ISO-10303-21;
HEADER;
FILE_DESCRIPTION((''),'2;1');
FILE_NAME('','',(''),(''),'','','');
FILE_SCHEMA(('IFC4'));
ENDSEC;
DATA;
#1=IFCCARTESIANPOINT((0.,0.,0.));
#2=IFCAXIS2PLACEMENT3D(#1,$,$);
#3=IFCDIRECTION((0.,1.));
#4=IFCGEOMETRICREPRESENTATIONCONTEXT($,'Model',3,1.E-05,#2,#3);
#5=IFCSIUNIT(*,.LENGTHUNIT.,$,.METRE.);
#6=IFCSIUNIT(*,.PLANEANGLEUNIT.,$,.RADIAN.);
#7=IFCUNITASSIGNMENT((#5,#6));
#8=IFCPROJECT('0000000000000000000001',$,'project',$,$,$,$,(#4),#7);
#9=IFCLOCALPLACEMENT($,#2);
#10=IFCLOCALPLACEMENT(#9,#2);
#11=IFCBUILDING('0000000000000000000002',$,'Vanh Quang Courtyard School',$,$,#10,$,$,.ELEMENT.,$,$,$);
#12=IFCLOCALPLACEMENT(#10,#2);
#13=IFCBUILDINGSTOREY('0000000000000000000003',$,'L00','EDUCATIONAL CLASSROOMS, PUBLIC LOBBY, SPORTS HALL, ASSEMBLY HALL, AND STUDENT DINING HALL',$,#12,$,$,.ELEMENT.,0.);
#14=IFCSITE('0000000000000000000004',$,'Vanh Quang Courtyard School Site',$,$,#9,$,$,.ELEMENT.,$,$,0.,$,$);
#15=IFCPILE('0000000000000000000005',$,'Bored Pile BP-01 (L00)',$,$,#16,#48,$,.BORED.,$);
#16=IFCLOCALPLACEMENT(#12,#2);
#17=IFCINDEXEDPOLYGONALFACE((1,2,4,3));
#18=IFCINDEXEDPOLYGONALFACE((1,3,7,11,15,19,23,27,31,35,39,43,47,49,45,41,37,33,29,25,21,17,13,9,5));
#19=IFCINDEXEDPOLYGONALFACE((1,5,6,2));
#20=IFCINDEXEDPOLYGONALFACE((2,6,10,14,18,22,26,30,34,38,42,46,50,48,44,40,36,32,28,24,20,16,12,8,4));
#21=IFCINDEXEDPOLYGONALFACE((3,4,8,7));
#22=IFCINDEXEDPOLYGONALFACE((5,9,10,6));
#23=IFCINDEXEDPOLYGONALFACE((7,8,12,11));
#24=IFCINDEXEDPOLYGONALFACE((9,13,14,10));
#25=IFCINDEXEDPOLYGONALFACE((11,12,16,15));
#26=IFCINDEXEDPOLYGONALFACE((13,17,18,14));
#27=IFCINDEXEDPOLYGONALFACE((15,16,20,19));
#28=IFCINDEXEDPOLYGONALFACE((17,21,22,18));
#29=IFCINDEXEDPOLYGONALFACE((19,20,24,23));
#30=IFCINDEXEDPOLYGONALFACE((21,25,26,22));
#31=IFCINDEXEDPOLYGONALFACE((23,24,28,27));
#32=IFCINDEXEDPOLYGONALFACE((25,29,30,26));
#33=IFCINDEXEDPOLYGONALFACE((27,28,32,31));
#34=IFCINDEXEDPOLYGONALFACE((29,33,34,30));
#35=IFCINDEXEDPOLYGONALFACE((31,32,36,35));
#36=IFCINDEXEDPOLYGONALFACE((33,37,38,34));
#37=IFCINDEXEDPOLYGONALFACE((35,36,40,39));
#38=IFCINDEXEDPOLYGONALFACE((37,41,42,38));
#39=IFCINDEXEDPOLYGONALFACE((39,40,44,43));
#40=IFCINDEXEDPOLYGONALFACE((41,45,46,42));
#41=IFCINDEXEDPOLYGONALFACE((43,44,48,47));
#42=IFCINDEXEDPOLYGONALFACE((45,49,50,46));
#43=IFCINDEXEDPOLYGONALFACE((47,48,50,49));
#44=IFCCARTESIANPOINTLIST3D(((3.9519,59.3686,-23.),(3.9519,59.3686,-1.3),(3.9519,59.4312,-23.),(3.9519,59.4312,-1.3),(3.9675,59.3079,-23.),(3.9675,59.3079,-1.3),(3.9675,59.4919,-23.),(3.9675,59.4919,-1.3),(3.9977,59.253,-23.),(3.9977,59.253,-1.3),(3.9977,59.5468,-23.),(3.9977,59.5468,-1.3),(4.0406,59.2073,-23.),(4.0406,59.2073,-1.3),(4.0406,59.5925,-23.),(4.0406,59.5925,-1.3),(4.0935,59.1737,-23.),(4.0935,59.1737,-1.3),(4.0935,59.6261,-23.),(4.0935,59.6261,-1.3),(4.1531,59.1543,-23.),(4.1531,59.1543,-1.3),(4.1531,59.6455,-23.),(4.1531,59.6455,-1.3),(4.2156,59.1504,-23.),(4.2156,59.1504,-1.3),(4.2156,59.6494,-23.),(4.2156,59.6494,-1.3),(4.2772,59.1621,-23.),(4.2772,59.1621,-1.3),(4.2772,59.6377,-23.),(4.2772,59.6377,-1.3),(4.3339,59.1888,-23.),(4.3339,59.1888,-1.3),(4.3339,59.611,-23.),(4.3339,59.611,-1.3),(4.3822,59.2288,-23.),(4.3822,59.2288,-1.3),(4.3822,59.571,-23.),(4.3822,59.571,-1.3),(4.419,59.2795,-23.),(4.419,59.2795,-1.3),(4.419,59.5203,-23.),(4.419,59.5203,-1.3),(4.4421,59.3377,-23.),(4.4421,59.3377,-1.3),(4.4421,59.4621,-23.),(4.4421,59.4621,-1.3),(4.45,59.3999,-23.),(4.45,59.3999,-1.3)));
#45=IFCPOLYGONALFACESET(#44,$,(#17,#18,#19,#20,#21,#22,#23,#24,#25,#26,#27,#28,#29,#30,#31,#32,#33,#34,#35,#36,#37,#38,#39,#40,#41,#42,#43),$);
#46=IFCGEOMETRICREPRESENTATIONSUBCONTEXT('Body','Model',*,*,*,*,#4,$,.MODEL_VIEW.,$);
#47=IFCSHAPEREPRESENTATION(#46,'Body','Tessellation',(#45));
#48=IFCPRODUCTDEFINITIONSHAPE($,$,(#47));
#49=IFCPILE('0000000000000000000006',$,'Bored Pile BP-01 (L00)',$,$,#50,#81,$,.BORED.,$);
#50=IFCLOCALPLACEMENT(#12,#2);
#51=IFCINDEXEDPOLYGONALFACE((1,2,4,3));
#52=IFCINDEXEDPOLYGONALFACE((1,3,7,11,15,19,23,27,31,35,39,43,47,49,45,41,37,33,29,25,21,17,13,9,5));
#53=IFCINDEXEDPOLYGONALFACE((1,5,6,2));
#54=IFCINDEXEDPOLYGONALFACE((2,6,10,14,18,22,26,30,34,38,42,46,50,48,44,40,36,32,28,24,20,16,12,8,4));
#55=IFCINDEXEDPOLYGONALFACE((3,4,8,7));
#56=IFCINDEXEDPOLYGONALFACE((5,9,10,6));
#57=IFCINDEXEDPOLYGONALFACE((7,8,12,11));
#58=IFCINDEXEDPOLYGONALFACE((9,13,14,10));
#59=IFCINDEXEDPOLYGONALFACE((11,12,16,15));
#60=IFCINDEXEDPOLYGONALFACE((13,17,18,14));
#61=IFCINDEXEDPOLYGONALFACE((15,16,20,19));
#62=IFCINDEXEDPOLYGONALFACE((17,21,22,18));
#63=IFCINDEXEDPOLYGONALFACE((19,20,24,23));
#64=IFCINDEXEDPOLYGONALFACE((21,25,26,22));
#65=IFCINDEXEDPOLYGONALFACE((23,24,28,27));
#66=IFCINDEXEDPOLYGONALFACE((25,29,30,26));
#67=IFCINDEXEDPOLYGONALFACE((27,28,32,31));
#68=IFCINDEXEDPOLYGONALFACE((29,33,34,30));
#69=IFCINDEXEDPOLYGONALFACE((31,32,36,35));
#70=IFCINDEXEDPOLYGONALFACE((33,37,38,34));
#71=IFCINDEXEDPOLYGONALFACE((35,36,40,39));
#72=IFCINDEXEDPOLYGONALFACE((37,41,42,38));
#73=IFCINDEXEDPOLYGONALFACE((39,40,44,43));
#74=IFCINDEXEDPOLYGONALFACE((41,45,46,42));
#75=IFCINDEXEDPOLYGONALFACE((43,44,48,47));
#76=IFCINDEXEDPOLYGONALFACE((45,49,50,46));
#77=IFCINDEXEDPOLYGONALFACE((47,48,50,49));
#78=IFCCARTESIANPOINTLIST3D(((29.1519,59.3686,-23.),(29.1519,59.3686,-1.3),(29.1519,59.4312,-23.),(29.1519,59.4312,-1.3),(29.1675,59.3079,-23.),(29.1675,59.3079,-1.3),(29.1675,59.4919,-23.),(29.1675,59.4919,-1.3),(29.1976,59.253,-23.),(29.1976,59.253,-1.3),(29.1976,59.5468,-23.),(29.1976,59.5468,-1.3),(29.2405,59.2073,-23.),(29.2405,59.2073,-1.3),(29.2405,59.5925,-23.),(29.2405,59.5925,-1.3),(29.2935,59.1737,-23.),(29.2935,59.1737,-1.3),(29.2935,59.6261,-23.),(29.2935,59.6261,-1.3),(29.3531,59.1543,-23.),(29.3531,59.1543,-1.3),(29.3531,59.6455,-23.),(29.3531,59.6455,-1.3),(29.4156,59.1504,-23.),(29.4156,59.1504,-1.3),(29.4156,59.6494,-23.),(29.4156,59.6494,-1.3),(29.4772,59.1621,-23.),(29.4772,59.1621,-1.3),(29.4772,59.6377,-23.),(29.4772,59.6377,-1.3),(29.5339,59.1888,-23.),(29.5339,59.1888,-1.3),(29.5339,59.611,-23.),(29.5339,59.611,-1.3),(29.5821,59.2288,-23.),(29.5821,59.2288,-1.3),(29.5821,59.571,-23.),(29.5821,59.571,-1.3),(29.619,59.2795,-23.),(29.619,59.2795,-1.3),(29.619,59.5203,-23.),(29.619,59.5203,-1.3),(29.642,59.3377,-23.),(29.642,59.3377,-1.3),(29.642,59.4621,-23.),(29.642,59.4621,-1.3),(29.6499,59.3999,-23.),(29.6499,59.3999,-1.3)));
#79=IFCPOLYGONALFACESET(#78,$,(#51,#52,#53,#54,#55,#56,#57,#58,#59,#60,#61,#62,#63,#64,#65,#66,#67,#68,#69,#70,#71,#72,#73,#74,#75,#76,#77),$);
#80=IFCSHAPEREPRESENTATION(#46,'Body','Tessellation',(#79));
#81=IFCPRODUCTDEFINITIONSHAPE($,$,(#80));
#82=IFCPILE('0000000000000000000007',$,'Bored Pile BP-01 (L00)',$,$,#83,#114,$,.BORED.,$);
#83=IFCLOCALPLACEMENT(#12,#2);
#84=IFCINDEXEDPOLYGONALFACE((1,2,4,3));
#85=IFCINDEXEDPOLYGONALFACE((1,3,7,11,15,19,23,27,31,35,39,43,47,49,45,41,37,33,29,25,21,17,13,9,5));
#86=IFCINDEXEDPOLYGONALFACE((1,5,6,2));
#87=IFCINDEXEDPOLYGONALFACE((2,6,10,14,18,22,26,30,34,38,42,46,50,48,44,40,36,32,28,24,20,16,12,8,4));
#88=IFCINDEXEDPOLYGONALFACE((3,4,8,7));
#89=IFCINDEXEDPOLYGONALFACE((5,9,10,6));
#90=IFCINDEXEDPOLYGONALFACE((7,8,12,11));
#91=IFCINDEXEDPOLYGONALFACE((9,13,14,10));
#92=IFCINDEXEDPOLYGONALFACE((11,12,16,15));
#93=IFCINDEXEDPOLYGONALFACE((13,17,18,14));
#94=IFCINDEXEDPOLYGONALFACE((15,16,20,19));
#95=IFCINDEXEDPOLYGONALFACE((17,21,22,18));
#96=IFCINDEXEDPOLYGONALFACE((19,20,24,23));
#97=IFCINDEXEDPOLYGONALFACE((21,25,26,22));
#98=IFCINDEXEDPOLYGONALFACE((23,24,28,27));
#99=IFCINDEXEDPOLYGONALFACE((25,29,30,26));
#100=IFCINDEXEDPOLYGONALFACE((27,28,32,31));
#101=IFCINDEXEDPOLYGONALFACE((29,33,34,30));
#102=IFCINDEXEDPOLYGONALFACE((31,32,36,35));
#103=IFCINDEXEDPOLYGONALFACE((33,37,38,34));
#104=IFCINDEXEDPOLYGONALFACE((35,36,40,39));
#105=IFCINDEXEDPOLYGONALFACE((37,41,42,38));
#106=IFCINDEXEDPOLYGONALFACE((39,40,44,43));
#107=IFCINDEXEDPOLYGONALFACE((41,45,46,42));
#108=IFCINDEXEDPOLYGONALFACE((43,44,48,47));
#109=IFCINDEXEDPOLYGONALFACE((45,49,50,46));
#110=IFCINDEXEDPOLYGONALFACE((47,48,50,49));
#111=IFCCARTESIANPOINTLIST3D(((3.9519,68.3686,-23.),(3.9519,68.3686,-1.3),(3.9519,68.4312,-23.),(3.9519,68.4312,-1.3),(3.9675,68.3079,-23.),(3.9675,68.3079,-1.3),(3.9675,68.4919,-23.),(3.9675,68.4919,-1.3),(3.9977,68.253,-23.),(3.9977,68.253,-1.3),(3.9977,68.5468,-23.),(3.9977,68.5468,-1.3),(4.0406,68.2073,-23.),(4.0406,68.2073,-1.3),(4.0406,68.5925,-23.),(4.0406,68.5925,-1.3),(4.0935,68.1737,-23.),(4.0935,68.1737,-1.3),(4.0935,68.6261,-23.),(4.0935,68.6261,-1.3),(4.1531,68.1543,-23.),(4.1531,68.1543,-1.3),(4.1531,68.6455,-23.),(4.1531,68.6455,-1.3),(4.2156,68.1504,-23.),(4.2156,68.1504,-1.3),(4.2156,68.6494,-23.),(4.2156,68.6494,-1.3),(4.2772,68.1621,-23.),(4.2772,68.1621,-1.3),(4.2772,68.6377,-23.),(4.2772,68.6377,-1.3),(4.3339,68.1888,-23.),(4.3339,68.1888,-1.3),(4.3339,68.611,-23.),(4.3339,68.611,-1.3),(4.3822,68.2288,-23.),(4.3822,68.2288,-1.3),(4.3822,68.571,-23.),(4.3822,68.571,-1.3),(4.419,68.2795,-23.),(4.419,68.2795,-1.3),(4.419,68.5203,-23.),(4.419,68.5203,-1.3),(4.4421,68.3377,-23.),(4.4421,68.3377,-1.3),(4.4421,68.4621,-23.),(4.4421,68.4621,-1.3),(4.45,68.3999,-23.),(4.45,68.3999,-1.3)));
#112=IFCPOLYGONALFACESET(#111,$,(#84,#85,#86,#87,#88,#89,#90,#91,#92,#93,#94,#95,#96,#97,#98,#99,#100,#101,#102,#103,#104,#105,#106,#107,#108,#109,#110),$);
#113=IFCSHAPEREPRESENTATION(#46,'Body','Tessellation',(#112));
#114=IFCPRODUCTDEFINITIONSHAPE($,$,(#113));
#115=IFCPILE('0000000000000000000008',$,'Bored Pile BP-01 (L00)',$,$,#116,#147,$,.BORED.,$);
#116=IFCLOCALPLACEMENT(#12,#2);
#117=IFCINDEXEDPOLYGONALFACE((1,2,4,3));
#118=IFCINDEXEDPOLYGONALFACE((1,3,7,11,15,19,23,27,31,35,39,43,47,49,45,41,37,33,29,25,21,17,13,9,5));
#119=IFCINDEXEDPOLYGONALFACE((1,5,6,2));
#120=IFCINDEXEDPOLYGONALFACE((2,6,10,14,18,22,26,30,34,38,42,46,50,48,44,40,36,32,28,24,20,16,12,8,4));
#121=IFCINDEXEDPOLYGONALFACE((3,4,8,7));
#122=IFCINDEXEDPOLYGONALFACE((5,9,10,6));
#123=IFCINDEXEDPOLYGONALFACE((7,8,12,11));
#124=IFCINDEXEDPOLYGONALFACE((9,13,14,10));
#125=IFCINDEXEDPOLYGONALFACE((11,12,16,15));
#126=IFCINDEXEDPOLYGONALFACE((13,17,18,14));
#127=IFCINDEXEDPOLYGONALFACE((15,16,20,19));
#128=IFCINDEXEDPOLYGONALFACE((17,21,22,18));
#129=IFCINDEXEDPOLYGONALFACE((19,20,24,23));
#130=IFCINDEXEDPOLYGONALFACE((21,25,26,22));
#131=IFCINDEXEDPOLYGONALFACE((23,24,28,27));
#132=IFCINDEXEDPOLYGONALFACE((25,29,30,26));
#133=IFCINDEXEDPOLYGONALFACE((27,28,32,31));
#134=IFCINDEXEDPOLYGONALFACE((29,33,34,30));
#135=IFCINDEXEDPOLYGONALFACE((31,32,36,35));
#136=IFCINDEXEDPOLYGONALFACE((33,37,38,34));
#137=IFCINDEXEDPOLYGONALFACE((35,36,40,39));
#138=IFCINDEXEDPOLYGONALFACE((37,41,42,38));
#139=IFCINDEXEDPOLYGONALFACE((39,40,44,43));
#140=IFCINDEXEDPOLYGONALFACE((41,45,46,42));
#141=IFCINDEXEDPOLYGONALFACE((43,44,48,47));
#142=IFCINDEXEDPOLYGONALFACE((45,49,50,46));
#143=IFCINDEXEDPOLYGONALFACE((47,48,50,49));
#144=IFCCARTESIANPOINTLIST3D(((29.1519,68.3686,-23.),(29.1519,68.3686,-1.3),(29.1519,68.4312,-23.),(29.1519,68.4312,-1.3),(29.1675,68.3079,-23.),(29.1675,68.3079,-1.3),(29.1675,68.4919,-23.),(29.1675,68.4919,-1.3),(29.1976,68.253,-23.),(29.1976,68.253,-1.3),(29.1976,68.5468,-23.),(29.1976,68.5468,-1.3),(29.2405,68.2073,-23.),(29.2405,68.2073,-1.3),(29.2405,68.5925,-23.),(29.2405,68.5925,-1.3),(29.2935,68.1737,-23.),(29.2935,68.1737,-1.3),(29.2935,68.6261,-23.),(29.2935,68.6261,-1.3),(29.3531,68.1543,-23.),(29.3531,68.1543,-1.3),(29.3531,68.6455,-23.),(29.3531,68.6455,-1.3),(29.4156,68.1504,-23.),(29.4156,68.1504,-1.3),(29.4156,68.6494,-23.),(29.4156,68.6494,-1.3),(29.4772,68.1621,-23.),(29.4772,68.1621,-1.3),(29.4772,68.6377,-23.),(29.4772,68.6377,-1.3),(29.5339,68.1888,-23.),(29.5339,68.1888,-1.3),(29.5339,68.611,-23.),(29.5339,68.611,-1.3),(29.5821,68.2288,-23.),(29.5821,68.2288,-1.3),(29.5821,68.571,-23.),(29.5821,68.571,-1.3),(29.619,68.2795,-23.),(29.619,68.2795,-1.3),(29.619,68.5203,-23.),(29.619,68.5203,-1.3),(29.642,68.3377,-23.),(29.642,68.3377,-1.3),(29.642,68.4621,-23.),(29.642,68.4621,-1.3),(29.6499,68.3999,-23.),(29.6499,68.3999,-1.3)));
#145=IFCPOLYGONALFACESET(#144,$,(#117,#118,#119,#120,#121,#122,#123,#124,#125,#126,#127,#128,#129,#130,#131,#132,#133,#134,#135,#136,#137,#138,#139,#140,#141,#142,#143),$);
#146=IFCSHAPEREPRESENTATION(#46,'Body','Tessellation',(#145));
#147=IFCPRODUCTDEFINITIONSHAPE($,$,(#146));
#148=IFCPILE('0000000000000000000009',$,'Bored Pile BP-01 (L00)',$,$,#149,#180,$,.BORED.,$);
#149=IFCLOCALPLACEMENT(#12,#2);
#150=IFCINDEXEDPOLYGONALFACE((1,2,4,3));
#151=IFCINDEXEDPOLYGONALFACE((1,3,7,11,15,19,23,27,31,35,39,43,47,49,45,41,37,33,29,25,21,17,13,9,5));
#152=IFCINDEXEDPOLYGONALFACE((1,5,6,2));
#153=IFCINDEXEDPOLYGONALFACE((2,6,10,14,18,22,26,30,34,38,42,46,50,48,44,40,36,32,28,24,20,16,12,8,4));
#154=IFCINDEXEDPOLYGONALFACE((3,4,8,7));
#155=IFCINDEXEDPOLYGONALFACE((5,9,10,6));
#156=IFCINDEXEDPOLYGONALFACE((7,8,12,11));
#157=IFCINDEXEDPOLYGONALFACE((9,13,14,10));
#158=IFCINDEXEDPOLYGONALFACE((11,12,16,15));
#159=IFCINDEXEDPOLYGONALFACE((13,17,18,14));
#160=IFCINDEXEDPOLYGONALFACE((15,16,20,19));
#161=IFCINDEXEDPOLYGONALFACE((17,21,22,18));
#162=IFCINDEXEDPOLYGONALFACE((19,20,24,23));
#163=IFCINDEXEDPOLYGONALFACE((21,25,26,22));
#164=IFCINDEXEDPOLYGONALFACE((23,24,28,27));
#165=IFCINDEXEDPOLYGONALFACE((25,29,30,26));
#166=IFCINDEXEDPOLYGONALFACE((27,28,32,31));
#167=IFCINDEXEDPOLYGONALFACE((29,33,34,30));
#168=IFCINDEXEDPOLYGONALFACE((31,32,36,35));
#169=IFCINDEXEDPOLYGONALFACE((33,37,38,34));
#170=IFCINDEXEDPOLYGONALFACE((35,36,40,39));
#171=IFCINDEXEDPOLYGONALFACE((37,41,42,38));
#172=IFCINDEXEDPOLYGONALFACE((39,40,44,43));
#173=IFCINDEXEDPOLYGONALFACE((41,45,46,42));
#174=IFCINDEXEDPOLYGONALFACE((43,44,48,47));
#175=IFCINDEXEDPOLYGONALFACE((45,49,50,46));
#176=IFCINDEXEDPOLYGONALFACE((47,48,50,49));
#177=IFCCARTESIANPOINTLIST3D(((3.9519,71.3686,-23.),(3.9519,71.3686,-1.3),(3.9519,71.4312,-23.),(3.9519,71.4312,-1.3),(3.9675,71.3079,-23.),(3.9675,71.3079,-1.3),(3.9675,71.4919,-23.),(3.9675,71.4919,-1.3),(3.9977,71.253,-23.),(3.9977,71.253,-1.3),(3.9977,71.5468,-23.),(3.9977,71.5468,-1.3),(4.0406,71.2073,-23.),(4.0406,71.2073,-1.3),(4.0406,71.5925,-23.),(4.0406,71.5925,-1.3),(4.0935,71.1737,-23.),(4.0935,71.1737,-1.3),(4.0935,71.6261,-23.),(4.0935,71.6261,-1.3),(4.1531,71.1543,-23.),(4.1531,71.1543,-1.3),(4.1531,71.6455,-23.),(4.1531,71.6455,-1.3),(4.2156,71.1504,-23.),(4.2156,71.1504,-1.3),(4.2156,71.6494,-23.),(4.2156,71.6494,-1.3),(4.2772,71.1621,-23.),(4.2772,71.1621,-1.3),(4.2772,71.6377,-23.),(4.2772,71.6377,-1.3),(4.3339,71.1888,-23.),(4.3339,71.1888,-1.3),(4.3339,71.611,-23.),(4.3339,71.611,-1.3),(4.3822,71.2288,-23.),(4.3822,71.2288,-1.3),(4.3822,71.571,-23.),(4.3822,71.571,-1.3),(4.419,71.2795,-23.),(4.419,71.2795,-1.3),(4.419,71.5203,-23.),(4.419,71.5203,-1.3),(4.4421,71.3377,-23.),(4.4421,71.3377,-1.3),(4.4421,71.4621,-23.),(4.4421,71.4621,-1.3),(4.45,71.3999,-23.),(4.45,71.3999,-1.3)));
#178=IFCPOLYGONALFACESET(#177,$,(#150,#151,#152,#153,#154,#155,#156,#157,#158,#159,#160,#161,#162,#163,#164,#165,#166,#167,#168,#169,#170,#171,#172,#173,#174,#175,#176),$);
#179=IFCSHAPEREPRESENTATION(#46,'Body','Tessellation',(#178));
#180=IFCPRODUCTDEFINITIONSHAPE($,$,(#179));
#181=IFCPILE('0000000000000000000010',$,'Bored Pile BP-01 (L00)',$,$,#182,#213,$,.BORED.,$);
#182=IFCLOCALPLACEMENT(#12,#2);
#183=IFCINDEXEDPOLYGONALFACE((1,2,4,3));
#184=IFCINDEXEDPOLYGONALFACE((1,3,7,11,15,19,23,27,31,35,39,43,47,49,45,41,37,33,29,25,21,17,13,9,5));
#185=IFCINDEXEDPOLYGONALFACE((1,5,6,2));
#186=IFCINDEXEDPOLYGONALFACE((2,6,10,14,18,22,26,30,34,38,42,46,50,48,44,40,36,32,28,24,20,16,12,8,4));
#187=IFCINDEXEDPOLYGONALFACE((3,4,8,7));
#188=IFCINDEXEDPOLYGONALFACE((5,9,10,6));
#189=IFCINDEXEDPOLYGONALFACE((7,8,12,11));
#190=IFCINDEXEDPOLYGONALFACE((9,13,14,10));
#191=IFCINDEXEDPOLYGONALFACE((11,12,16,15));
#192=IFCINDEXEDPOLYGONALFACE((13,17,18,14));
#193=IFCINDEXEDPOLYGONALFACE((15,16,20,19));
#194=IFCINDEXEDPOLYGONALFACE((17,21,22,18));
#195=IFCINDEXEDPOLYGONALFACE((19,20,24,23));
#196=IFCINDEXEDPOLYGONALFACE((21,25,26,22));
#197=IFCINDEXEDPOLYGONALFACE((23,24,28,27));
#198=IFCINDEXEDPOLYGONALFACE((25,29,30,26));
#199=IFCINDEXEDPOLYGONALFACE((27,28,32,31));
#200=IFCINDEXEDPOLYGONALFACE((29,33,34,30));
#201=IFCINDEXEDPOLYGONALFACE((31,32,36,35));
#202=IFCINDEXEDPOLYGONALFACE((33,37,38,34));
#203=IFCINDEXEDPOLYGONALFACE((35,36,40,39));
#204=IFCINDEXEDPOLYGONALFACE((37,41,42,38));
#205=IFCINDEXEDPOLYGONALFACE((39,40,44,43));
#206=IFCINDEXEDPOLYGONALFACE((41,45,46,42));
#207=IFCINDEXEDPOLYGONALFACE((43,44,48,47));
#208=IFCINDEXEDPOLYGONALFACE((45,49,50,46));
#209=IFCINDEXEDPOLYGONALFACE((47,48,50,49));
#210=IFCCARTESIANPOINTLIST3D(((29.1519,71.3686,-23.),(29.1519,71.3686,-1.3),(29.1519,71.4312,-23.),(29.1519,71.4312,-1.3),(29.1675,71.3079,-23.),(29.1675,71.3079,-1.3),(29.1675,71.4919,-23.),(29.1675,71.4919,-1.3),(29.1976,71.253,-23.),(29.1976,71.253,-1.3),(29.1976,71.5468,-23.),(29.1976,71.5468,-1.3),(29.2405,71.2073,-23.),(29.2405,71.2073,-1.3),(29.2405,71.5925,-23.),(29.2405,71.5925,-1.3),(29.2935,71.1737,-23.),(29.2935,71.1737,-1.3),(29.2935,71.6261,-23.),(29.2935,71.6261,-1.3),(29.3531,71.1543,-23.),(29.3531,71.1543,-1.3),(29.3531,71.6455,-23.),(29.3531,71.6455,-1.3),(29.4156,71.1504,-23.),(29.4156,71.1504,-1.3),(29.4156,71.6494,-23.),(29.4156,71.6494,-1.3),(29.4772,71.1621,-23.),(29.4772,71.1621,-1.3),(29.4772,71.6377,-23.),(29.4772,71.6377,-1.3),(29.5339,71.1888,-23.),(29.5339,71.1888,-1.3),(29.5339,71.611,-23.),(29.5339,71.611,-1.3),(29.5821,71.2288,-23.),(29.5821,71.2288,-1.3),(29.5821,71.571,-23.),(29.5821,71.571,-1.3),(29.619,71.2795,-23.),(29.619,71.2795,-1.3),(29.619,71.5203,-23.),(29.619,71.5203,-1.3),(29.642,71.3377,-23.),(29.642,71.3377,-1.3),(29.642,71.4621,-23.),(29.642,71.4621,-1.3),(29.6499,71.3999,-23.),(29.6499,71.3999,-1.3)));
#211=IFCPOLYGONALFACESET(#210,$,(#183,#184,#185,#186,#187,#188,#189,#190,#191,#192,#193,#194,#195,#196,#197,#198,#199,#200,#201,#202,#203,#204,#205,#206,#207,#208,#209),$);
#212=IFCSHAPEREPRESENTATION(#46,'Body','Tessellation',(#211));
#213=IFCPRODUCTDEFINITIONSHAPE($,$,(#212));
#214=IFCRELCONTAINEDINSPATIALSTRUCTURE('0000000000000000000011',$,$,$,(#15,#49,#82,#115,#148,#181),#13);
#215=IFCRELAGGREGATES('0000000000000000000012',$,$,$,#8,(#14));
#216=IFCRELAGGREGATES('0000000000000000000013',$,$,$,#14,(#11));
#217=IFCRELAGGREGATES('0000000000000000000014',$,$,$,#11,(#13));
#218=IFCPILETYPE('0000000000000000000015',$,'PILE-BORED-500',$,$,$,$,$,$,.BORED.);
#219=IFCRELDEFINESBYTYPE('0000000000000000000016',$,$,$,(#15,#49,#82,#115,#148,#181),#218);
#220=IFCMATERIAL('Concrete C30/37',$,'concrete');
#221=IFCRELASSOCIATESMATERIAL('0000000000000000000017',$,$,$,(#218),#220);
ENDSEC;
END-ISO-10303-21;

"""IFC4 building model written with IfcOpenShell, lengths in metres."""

from ifc_helpers import new_model, si_unit, direction, frame, origin, origin_2d, place, context, subcontext, project, spatial, circle, extrude, material, material_profile, profile_set, type_object, element, save


model = new_model("IFC4")

# Units and contexts
model_context = context("Model", 3, precision=1e-05, world=origin(), true_north=direction((0.0, 1.0)))
body_context = subcontext(model_context, "Body", "Model", "MODEL_VIEW")
ifc_project = project(units=[si_unit("LENGTHUNIT", "METRE"), si_unit("PLANEANGLEUNIT", "RADIAN")], contexts=[model_context])

# Site, building, storey
site_placement = place(None, origin())
site = spatial("IfcSite", under=ifc_project, at=site_placement, Name="Vanh Quang Courtyard School Site", CompositionType="ELEMENT", RefElevation=0.0)
building_placement = place(site_placement, origin())
building = spatial("IfcBuilding", under=site, at=building_placement, Name="Vanh Quang Courtyard School", CompositionType="ELEMENT")
storey_placement = place(building_placement, origin())
storey = spatial("IfcBuildingStorey", under=building, at=storey_placement, Name="L00", Description="EDUCATIONAL CLASSROOMS, PUBLIC LOBBY, SPORTS HALL, ASSEMBLY HALL, AND STUDENT DINING HALL", CompositionType="ELEMENT", Elevation=0.0)

# Piles
ifc_material_1 = material(Name="Concrete C30/37", Category="concrete")
ifc_material_profile_1 = material_profile(ifc_material_1, circle(Radius=0.25, at=origin_2d()), Name="PILE D500")
ifc_profile_set_1 = profile_set([ifc_material_profile_1], Name="Concrete C30/37")
pile_type = type_object("IfcPileType", Name="PILE-BORED-500", PredefinedType="BORED", material=ifc_profile_set_1)
for number, where, z_axis, x_axis, name in (
    (1, (4.2, 59.3999, -1.3), (0.0, 0.0, -1.0), (1.0, 0.0, 0.0), "Bored Pile BP-01 (L00)"),
    (2, (29.3999, 59.3999, -1.3), (0.0, 0.0, -1.0), (1.0, 0.0, 0.0), "Bored Pile BP-01 (L00)"),
    (3, (4.2, 68.3999, -1.3), (0.0, 0.0, -1.0), (1.0, 0.0, 0.0), "Bored Pile BP-01 (L00)"),
    (4, (29.3999, 68.3999, -1.3), (0.0, 0.0, -1.0), (1.0, 0.0, 0.0), "Bored Pile BP-01 (L00)"),
    (5, (4.2, 71.3999, -1.3), (0.0, 0.0, -1.0), (1.0, 0.0, 0.0), "Bored Pile BP-01 (L00)"),
    (6, (29.3999, 71.3999, -1.3), (0.0, 0.0, -1.0), (1.0, 0.0, 0.0), "Bored Pile BP-01 (L00)"),
):
    element("IfcPile", number, at=place(storey_placement, frame(where, z_axis=z_axis, x_axis=x_axis)), inside=storey, type_object=pile_type, Name=name, PredefinedType="BORED", context=body_context, shape_type="SweptSolid", body=[
        extrude(circle(Radius=0.25, at=origin_2d()), origin(), (0.0, 0.0, 1.0), 21.7),
    ])

save(model, "model.ifc")
